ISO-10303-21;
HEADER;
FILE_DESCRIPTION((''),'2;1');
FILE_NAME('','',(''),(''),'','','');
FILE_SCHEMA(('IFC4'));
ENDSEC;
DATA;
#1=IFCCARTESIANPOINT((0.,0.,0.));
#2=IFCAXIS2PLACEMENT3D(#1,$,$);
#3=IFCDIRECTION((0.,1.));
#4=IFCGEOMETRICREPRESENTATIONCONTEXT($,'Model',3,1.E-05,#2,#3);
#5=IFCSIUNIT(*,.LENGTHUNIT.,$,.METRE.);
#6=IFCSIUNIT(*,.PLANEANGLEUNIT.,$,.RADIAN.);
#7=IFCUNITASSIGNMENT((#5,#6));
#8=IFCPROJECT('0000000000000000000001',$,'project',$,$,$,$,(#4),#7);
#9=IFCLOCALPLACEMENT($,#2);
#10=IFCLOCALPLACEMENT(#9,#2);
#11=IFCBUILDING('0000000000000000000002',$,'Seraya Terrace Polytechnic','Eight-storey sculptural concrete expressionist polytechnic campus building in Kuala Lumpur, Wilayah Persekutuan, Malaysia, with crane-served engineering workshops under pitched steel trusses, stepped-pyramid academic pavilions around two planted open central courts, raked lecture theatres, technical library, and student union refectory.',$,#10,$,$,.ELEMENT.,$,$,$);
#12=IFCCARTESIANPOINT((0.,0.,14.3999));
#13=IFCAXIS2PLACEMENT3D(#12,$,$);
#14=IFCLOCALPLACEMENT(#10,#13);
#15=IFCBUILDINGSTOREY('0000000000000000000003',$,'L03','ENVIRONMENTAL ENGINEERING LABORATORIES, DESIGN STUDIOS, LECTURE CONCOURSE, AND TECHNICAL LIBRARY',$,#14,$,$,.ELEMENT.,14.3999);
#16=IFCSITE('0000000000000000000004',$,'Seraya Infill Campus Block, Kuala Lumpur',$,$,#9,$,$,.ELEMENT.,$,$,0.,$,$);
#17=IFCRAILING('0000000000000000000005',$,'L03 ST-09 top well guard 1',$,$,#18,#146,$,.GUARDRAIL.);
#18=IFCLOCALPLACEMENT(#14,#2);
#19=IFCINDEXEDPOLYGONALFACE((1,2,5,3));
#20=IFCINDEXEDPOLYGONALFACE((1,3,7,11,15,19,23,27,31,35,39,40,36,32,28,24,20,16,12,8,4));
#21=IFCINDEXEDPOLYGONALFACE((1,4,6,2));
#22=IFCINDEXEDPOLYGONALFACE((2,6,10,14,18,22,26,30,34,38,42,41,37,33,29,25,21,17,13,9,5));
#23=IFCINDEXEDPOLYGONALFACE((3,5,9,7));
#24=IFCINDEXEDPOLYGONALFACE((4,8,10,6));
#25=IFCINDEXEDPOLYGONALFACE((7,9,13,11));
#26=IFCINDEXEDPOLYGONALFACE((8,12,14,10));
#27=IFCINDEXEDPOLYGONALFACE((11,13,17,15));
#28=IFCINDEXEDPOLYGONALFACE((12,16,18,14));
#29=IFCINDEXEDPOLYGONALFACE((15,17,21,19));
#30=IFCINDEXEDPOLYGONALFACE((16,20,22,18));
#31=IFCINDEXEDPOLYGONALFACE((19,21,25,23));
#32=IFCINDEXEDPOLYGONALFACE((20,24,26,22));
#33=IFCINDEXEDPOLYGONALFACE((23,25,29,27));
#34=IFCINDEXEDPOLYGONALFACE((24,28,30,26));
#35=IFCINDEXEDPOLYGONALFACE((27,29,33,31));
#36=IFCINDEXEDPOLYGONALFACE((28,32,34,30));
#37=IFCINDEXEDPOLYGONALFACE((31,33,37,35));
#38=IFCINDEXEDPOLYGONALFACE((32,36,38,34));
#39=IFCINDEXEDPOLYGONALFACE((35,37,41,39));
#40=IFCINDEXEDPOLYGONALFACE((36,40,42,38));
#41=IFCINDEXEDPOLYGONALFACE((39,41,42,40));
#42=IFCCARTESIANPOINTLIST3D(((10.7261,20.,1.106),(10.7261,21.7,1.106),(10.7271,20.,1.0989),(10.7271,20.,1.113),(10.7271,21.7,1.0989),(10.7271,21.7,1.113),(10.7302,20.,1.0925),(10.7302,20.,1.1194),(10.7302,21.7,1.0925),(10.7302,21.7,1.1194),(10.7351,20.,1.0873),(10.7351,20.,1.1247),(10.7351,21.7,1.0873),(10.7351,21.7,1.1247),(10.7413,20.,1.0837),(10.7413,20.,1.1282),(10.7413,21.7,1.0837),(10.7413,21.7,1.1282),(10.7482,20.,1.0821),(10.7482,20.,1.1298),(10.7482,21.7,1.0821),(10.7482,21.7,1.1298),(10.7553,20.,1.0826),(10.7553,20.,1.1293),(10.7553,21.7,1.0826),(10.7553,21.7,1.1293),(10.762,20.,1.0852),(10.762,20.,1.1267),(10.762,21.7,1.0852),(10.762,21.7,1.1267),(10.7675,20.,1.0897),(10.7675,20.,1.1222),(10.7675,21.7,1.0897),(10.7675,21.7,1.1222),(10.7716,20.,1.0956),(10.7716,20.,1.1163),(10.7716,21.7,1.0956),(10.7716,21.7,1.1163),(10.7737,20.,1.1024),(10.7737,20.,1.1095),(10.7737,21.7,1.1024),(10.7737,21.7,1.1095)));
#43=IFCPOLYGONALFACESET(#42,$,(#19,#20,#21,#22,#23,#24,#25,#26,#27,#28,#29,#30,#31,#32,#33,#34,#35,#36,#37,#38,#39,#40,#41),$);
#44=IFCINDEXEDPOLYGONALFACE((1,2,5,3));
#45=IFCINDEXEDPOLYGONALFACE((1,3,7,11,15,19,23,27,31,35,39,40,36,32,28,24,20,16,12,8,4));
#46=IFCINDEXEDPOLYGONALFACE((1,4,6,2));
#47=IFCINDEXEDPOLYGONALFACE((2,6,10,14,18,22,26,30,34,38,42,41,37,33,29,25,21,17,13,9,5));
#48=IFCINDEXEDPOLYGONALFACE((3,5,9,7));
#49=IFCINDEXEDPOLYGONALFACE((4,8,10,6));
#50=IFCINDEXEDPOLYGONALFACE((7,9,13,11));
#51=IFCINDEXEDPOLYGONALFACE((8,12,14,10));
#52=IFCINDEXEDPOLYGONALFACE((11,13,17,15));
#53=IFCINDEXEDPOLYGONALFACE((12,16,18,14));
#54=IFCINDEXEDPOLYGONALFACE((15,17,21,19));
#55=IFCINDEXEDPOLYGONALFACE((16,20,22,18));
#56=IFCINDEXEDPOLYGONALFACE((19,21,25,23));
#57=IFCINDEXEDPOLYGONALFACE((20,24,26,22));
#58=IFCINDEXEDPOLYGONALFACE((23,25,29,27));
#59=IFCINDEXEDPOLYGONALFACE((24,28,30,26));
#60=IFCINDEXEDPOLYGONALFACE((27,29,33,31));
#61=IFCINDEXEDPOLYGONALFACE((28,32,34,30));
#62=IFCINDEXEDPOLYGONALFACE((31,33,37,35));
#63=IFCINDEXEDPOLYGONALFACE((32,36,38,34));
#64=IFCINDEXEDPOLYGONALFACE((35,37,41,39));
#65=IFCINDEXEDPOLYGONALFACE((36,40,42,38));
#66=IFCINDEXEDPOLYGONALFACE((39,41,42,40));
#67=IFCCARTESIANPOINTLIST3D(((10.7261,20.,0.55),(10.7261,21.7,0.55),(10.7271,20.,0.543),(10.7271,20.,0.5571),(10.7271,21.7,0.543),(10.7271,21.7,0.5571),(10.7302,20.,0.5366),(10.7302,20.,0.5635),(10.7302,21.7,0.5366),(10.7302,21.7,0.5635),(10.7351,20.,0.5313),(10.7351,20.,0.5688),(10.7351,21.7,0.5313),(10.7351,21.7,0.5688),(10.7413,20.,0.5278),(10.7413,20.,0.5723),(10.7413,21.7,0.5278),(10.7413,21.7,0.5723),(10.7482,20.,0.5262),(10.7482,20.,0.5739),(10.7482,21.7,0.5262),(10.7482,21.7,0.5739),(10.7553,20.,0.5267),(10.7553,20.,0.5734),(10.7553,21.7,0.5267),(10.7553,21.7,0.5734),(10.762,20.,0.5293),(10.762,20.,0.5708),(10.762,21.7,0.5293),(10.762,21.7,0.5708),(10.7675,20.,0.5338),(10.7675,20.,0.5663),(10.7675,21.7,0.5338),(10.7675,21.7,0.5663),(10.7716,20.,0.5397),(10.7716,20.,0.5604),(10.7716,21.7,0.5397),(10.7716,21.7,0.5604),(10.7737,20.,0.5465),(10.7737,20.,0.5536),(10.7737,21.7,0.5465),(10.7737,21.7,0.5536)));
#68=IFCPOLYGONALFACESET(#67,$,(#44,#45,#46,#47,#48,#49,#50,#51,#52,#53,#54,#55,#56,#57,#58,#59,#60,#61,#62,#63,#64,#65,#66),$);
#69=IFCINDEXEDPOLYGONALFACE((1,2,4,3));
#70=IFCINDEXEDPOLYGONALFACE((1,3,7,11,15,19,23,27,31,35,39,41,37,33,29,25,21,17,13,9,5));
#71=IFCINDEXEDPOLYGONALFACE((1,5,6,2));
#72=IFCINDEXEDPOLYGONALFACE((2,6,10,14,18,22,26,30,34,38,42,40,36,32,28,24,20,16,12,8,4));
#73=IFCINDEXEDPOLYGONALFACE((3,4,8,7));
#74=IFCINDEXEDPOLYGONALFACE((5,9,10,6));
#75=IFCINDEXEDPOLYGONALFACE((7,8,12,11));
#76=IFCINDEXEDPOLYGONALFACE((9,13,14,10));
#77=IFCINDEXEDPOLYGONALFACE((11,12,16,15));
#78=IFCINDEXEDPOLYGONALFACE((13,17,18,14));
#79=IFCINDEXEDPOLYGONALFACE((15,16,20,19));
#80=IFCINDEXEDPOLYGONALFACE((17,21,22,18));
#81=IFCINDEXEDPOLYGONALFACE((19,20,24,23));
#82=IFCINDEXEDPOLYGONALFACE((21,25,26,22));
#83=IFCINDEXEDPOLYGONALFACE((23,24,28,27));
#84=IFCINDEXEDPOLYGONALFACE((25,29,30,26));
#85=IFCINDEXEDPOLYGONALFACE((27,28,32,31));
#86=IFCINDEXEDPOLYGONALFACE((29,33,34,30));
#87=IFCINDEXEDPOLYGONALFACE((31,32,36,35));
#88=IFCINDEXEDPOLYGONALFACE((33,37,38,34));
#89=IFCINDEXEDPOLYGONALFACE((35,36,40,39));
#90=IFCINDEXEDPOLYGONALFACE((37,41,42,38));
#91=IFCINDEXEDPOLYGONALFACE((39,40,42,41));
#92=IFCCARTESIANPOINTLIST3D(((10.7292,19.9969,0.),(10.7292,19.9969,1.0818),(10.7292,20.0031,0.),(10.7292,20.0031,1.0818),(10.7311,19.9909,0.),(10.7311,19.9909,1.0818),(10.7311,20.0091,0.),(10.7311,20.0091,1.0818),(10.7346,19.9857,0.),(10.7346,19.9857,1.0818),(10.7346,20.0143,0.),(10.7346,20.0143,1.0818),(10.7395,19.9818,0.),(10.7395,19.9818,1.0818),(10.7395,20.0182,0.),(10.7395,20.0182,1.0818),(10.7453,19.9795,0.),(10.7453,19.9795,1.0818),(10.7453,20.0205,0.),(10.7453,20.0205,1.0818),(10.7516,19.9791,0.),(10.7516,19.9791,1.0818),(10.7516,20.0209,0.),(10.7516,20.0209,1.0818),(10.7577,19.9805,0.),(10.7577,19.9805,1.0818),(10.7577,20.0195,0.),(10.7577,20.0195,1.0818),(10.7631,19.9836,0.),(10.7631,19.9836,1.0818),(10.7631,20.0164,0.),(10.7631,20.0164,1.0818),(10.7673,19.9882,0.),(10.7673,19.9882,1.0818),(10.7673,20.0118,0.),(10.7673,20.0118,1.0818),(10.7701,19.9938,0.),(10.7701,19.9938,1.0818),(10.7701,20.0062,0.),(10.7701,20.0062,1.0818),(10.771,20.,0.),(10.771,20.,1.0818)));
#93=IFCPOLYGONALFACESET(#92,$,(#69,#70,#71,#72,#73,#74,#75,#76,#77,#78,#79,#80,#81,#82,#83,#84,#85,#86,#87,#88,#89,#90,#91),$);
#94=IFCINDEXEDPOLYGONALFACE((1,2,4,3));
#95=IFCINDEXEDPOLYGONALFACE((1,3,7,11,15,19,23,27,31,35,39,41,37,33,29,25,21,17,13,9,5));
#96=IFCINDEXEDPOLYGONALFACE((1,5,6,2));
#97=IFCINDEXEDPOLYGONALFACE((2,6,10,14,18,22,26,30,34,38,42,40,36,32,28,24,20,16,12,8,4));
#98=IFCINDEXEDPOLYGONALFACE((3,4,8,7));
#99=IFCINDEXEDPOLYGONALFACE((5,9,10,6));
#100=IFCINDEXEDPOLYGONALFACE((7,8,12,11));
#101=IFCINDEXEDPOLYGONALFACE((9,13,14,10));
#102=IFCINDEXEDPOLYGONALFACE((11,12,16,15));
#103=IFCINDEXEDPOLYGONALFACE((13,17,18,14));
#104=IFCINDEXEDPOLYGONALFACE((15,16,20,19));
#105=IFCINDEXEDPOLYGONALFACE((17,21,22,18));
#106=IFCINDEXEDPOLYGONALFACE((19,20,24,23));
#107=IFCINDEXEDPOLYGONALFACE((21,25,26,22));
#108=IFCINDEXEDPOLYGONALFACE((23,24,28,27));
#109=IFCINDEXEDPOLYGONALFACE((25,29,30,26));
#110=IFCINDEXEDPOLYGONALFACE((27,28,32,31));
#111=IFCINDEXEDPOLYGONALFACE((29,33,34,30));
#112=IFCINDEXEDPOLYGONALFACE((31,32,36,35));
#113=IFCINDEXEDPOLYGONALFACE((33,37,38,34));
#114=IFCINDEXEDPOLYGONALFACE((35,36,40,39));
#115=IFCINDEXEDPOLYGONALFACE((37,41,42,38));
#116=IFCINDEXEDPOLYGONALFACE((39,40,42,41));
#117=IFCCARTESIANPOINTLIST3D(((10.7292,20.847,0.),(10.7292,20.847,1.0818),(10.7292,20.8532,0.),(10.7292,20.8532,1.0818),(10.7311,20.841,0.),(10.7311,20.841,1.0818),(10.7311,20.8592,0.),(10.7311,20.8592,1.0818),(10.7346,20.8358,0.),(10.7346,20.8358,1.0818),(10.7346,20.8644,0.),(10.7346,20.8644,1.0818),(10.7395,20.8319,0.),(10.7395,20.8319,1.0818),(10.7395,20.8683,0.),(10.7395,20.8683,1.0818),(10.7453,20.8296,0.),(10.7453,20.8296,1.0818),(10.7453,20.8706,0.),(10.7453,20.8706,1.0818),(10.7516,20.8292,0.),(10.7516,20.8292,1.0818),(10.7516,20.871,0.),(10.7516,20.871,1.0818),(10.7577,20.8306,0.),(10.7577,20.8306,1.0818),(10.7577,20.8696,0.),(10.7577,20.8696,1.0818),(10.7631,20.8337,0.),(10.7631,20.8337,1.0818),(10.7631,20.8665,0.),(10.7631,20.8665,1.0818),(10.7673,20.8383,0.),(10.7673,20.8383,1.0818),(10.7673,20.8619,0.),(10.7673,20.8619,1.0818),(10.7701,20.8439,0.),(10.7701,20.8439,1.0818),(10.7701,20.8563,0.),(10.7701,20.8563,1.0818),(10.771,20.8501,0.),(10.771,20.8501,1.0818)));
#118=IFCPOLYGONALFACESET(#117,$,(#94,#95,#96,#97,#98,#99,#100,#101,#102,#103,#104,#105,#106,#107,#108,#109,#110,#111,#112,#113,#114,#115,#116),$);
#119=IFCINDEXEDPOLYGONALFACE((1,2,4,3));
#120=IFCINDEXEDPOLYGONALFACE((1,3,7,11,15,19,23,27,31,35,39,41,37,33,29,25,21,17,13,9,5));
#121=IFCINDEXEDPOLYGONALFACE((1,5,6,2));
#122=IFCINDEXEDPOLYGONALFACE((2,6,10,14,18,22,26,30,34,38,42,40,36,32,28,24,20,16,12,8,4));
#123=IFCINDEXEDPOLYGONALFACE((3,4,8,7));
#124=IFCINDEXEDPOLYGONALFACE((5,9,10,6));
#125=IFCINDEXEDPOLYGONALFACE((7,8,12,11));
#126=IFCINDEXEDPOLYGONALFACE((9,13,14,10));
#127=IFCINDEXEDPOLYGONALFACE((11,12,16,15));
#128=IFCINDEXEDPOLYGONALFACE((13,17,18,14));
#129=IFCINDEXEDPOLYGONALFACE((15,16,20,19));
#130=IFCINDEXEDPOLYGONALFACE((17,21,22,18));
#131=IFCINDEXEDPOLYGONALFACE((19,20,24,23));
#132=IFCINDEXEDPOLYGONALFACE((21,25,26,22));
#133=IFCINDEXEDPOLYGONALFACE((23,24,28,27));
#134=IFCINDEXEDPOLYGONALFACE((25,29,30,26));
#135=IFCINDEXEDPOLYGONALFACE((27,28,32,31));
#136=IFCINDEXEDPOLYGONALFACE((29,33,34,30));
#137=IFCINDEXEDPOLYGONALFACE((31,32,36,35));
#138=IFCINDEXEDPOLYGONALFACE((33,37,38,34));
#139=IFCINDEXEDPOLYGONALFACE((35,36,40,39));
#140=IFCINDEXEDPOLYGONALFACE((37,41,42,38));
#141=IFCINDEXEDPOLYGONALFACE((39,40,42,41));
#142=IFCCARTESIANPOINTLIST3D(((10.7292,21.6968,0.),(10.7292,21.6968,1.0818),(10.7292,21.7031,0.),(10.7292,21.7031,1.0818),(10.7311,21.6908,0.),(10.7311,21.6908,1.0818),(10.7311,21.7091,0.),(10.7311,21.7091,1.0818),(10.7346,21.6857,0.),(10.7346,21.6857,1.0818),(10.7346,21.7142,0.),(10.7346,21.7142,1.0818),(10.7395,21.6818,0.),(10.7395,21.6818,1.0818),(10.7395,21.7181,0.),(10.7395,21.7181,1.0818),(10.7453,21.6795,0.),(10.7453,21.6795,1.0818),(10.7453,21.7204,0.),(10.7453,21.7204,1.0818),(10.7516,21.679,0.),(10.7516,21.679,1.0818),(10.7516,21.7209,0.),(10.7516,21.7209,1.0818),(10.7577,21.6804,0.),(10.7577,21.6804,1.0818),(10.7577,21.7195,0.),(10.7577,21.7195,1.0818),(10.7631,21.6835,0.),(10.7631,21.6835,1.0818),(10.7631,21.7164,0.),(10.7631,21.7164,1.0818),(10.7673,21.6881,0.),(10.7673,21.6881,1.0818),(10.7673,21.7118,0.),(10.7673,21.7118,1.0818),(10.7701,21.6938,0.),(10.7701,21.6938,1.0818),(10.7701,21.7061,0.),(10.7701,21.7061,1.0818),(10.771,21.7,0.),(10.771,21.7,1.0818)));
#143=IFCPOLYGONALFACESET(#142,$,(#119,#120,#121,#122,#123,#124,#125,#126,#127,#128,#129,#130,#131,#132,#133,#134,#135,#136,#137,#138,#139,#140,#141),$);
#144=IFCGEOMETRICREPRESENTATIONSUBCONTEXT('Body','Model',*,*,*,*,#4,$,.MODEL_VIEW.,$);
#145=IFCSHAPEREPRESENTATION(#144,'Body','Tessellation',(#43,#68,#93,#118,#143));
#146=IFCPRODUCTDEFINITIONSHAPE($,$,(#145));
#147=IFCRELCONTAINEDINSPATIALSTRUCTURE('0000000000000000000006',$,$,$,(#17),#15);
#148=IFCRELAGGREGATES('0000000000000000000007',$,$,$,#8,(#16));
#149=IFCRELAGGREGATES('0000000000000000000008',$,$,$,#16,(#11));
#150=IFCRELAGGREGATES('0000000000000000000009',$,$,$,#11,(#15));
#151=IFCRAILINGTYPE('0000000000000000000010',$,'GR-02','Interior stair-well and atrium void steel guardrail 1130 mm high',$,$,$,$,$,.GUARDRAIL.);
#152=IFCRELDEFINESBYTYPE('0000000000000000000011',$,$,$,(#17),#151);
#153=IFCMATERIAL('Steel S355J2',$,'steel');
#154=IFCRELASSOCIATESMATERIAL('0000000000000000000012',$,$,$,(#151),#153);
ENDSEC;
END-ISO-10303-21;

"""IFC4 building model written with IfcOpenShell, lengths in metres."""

from ifc_helpers import new_model, si_unit, direction, frame, origin, origin_2d, place, context, subcontext, project, spatial, circle, extrude, material, type_object, element, save


model = new_model("IFC4")

# Units and contexts
model_context = context("Model", 3, precision=1e-05, world=origin(), true_north=direction((0.0, 1.0)))
body_context = subcontext(model_context, "Body", "Model", "MODEL_VIEW")
ifc_project = project(units=[si_unit("LENGTHUNIT", "METRE"), si_unit("PLANEANGLEUNIT", "RADIAN")], contexts=[model_context])

# Site, building, storey
site_placement = place(None, origin())
site = spatial("IfcSite", under=ifc_project, at=site_placement, Name="Seraya Infill Campus Block, Kuala Lumpur", CompositionType="ELEMENT", RefElevation=0.0)
building_placement = place(site_placement, origin())
building = spatial("IfcBuilding", under=site, at=building_placement, Name="Seraya Terrace Polytechnic", Description="Eight-storey sculptural concrete expressionist polytechnic campus building in Kuala Lumpur, Wilayah Persekutuan, Malaysia, with crane-served engineering workshops under pitched steel trusses, stepped-pyramid academic pavilions around two planted open central courts, raked lecture theatres, technical library, and student union refectory.", CompositionType="ELEMENT")
storey_placement = place(building_placement, frame((0.0, 0.0, 14.3999)))
storey = spatial("IfcBuildingStorey", under=building, at=storey_placement, Name="L03", Description="ENVIRONMENTAL ENGINEERING LABORATORIES, DESIGN STUDIOS, LECTURE CONCOURSE, AND TECHNICAL LIBRARY", CompositionType="ELEMENT", Elevation=14.3999)

# Shared definitions
ifc_material_1 = material(Name="Steel S355J2", Category="steel")

# Railing
railing_type = type_object("IfcRailingType", Name="GR-02", Description="Interior stair-well and atrium void steel guardrail 1130 mm high", PredefinedType="GUARDRAIL", material=ifc_material_1)
railing_placement = place(storey_placement, frame((10.75, 20.0, 0.0)))
element("IfcRailing", 1, at=railing_placement, inside=storey, type_object=railing_type, Name="L03 ST-09 top well guard 1", PredefinedType="GUARDRAIL", context=body_context, shape_type="SweptSolid", body=[
    extrude(circle(Radius=0.0239, at=origin_2d()), frame((0.0, 0.0, 1.106), z_axis=(0.0, 1.0, 0.0), x_axis=(-1.0, 0.0, 0.0)), (0.0, 0.0, 1.0), 1.7),
    extrude(circle(Radius=0.0239, at=origin_2d()), frame((0.0, 0.0, 0.55), z_axis=(0.0, 1.0, 0.0), x_axis=(-1.0, 0.0, 0.0)), (0.0, 0.0, 1.0), 1.7),
    extrude(circle(Radius=0.021, at=origin_2d()), origin(), (0.0, 0.0, 1.0), 1.0818),
    extrude(circle(Radius=0.021, at=origin_2d()), frame((0.0, 0.8501, 0.0)), (0.0, 0.0, 1.0), 1.0818),
    extrude(circle(Radius=0.021, at=origin_2d()), frame((0.0, 1.7, 0.0)), (0.0, 0.0, 1.0), 1.0818),
])

save(model, "model.ifc")
